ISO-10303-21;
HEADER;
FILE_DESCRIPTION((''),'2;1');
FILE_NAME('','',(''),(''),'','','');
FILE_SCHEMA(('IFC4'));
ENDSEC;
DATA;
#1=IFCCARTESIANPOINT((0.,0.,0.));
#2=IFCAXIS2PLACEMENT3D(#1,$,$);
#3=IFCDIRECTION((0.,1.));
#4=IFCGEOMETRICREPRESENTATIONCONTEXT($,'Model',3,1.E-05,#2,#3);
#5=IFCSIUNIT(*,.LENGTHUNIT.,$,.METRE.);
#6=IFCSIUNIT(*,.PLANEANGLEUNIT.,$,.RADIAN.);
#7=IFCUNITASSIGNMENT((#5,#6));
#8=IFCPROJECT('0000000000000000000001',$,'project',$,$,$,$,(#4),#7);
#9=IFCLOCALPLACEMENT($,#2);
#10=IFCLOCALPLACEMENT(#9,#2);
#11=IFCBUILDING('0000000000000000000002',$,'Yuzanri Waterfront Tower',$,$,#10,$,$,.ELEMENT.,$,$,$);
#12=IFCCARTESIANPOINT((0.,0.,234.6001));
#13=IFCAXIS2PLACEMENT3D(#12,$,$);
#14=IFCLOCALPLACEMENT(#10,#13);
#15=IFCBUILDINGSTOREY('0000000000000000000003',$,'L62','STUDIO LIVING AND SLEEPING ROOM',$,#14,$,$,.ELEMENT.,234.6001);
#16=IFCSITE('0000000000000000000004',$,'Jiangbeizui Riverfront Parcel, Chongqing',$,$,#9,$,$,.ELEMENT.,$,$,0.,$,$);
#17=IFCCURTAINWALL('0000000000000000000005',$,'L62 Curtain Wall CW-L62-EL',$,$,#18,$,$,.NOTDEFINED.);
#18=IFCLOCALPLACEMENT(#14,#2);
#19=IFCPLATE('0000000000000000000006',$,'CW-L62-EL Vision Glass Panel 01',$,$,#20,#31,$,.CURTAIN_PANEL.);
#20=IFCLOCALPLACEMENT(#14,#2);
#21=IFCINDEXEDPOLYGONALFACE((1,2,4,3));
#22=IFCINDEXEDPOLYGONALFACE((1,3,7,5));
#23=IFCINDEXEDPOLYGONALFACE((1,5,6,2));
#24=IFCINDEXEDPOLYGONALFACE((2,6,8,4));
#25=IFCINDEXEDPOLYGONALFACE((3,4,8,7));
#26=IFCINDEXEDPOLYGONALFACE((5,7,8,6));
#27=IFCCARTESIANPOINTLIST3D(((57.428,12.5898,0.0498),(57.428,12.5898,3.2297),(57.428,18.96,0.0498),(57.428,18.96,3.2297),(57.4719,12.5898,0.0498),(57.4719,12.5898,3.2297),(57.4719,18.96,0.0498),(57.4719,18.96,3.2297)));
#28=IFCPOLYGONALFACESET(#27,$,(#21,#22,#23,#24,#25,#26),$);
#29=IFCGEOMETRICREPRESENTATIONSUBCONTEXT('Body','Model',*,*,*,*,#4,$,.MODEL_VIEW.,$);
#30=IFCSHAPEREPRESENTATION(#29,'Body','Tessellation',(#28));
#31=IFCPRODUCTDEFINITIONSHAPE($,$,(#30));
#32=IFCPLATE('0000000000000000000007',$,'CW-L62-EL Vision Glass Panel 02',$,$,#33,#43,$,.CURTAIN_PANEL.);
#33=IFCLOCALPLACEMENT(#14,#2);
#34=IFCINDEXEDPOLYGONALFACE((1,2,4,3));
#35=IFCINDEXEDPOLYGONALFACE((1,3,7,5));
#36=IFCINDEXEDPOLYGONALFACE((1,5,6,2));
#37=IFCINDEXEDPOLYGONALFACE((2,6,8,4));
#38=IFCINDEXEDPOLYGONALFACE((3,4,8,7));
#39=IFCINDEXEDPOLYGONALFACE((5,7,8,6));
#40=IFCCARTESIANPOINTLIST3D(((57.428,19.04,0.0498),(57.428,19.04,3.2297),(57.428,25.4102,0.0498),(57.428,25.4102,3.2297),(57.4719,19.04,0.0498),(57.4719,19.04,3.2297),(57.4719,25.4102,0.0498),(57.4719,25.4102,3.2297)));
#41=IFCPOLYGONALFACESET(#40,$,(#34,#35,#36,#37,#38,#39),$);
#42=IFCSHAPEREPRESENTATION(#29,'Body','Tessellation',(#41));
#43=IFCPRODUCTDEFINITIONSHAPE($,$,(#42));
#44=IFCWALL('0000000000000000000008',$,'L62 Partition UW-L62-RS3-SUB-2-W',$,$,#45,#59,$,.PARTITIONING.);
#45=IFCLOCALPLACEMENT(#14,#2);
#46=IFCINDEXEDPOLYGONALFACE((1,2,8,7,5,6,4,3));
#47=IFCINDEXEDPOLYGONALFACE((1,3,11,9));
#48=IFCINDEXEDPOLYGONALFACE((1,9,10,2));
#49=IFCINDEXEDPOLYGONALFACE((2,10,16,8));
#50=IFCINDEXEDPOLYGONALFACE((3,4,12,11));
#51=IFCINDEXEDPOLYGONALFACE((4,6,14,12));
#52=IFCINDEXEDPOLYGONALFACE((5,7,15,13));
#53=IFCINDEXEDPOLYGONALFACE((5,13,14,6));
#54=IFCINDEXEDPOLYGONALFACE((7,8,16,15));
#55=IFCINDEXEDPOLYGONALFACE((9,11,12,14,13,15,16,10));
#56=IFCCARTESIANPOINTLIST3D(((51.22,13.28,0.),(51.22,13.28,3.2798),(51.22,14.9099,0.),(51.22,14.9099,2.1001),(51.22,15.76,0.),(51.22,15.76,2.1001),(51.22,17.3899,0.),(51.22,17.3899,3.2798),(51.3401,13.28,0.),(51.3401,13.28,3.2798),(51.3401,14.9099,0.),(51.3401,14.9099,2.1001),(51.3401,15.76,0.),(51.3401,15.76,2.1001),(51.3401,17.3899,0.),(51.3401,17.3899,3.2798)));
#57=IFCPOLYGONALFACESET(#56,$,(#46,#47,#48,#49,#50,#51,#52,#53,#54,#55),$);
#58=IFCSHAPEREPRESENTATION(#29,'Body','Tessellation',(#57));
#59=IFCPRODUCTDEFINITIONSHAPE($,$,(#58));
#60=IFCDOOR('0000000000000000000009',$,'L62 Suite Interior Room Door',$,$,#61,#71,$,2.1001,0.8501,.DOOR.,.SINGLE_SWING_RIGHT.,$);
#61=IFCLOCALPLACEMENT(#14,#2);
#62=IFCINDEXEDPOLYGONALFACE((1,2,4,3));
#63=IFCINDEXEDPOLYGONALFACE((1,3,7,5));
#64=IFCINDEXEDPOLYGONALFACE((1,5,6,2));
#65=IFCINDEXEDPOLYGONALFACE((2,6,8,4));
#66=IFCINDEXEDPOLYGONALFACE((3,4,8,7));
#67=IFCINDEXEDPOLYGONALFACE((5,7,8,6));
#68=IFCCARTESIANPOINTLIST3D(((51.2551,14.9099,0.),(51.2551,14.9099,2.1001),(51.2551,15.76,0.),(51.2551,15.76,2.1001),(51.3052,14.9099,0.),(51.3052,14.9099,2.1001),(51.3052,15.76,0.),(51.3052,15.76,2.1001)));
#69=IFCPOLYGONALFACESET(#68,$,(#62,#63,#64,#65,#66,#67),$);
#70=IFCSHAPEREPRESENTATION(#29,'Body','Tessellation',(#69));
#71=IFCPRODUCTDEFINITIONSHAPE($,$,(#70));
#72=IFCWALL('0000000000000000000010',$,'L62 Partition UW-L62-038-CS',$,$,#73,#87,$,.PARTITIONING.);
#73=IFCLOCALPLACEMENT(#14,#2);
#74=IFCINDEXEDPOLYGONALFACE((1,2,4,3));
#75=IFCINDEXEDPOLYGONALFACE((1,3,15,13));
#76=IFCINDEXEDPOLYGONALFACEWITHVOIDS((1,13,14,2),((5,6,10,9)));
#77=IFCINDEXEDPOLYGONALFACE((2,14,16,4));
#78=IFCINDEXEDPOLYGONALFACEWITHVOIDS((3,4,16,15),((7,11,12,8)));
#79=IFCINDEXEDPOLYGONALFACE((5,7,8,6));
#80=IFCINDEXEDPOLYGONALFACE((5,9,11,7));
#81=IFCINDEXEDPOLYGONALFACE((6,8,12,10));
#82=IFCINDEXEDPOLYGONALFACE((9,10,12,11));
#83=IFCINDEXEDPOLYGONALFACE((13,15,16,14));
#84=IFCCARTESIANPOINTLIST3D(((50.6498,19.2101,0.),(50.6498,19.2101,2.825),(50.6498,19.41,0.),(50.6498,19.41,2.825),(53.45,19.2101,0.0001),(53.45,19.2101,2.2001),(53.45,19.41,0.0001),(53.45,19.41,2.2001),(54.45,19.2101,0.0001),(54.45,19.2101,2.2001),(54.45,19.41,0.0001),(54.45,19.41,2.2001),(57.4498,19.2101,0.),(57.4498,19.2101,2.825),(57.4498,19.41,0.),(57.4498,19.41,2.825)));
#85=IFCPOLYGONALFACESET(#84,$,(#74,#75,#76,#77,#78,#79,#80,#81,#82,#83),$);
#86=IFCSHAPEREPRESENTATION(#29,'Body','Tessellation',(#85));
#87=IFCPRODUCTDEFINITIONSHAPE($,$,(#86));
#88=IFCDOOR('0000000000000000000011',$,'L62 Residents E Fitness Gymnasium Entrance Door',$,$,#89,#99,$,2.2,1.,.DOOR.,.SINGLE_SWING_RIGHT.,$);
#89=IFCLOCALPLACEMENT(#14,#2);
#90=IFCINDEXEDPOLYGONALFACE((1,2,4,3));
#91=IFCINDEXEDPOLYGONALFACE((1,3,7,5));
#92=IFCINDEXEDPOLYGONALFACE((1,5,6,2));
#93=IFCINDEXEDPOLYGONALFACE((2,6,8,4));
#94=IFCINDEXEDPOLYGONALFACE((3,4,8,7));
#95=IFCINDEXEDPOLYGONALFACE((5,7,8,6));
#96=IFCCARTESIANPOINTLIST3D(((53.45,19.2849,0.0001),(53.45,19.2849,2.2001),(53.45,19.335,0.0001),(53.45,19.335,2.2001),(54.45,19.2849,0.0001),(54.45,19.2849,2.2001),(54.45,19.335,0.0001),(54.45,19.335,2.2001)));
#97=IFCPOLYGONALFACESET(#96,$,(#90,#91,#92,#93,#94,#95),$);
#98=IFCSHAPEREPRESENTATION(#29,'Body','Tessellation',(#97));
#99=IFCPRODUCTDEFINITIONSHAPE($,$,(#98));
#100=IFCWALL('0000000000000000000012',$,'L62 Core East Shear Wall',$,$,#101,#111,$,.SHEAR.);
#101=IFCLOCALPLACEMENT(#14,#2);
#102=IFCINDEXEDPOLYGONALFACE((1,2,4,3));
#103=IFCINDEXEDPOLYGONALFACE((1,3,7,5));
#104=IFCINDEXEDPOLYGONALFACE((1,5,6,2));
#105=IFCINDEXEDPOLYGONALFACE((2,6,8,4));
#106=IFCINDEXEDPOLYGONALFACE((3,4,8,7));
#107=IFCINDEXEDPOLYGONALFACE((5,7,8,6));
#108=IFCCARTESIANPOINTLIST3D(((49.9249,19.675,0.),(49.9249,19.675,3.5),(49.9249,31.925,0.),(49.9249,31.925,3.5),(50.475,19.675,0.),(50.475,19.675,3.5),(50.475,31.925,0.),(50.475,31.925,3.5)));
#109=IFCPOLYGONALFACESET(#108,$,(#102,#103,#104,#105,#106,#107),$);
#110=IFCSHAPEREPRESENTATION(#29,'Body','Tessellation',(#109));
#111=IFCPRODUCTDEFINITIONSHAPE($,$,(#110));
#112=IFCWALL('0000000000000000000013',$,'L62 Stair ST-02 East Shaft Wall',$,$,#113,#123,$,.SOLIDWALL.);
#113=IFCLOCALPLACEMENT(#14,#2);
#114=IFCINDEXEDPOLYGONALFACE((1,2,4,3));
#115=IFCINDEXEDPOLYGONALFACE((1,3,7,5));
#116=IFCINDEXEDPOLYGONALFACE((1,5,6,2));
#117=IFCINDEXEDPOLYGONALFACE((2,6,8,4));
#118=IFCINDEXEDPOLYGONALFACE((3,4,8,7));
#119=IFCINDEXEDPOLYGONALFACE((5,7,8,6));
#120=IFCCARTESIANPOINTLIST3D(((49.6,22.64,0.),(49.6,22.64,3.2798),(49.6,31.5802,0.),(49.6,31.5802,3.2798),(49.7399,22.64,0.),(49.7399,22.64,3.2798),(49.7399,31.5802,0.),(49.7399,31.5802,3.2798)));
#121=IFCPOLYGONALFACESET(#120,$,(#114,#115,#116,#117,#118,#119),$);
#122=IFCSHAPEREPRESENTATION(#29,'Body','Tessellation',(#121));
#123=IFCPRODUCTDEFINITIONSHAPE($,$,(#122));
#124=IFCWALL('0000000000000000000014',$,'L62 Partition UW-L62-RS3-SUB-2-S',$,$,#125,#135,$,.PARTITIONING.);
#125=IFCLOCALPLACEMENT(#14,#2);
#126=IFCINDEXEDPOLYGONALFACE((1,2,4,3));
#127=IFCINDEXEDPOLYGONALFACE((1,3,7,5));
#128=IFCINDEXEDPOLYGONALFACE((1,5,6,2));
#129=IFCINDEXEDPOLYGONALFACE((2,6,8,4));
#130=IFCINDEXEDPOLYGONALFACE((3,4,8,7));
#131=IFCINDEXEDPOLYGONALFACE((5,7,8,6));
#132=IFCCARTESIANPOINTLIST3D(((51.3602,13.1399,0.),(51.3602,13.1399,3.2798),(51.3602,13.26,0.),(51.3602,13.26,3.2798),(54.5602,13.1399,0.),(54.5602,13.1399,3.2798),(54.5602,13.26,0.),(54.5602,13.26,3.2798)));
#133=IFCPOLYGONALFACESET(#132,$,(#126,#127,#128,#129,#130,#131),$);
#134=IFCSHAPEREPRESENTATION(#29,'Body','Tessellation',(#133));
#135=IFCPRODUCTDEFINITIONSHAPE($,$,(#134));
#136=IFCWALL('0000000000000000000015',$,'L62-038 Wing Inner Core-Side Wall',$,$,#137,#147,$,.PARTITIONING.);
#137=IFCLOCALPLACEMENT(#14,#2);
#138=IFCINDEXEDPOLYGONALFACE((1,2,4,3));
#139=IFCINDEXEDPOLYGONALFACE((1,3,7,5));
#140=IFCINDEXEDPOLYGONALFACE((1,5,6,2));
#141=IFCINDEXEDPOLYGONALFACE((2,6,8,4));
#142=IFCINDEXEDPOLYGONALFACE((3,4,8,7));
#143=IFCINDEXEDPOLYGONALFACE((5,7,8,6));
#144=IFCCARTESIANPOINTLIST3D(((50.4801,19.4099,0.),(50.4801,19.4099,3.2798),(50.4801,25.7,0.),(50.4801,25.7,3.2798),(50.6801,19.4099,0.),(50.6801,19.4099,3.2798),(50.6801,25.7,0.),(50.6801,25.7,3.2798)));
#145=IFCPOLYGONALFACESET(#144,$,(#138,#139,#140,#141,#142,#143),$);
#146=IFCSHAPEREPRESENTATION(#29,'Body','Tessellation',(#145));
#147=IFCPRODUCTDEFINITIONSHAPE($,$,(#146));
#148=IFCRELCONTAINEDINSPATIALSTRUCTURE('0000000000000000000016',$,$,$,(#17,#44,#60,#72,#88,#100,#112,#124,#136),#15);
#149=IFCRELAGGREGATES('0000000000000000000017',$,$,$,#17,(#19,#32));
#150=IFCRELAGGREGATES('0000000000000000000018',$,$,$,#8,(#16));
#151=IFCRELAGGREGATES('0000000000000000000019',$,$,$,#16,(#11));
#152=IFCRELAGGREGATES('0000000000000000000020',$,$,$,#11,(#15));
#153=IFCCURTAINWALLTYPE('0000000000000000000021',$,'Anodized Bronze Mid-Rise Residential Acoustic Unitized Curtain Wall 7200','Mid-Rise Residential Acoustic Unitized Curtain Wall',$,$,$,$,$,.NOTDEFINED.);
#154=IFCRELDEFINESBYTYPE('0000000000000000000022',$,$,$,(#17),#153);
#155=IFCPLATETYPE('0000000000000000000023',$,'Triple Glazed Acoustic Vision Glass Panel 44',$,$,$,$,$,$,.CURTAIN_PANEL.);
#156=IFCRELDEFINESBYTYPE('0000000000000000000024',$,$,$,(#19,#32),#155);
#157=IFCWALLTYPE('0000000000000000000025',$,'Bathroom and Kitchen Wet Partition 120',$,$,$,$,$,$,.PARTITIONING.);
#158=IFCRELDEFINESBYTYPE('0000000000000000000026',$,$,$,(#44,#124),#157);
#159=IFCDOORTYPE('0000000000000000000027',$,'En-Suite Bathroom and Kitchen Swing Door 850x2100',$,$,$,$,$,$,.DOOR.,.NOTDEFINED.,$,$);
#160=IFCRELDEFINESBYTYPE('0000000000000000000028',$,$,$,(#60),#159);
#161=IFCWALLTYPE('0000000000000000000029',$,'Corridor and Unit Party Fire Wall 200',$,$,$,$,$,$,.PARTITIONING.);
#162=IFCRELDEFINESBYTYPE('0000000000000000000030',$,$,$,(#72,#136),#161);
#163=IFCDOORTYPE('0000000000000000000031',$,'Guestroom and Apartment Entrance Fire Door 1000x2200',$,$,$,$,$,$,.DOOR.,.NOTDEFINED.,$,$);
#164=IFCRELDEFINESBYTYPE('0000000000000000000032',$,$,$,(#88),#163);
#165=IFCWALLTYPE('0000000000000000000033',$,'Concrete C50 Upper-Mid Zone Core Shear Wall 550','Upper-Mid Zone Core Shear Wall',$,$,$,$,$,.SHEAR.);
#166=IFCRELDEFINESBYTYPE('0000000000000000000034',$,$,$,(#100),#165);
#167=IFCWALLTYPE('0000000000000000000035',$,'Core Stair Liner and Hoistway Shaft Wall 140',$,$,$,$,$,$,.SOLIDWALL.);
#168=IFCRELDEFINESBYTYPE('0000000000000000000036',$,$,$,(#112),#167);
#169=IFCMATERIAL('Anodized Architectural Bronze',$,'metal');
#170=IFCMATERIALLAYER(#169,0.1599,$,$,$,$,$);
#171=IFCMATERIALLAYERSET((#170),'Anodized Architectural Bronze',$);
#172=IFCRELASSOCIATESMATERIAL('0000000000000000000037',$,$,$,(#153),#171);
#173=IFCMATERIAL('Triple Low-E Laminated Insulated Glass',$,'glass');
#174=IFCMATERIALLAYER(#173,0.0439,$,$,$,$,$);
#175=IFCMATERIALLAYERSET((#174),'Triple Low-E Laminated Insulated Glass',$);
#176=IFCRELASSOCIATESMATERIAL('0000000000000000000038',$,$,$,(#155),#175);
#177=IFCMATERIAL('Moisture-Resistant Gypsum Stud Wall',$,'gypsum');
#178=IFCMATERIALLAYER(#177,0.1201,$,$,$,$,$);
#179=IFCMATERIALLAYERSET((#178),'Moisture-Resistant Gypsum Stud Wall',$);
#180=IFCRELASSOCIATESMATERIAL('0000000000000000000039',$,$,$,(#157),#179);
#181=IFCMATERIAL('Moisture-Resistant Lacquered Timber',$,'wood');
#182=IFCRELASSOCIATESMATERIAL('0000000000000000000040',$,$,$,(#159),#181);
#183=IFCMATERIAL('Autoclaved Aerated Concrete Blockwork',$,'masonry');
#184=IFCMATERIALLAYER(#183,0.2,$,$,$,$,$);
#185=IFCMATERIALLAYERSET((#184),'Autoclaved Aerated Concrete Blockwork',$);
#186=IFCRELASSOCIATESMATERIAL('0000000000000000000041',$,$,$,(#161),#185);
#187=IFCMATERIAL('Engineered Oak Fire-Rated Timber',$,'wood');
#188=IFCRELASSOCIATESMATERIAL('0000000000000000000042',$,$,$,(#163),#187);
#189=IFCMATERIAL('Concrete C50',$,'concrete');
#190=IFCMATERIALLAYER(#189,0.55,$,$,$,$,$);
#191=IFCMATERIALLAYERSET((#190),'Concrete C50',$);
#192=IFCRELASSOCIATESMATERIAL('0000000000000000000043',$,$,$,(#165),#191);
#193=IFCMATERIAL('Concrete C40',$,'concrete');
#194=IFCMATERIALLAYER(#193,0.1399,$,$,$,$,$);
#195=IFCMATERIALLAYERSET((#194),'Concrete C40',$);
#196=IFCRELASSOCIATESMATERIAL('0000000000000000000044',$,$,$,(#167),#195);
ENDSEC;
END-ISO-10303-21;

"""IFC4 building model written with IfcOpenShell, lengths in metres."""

from ifc_helpers import new_model, si_unit, direction, frame, frame_2d, origin, origin_2d, place, context, subcontext, project, spatial, rectangle, extrude, source, transform, mapped, material, layer, layer_set, type_object, element, fill, aggregate, save


model = new_model("IFC4")

# Units and contexts
model_context = context("Model", 3, precision=1e-05, world=origin(), true_north=direction((0.0, 1.0)))
body_context = subcontext(model_context, "Body", "Model", "MODEL_VIEW")
ifc_project = project(units=[si_unit("LENGTHUNIT", "METRE"), si_unit("PLANEANGLEUNIT", "RADIAN")], contexts=[model_context])

# Site, building, storey
site_placement = place(None, origin())
site = spatial("IfcSite", under=ifc_project, at=site_placement, Name="Jiangbeizui Riverfront Parcel, Chongqing", CompositionType="ELEMENT", RefElevation=0.0)
building_placement = place(site_placement, origin())
building = spatial("IfcBuilding", under=site, at=building_placement, Name="Yuzanri Waterfront Tower", CompositionType="ELEMENT")
storey_placement = place(building_placement, frame((0.0, 0.0, 234.6001)))
storey = spatial("IfcBuildingStorey", under=building, at=storey_placement, Name="L62", Description="STUDIO LIVING AND SLEEPING ROOM", CompositionType="ELEMENT", Elevation=234.6001)

# Curtain wall, plates
ifc_material_1 = material(Name="Anodized Architectural Bronze", Category="metal")
ifc_layer_1 = layer(ifc_material_1, 0.1599)
ifc_layer_set_1 = layer_set([ifc_layer_1], Name="Anodized Architectural Bronze")
curtain_wall_type = type_object("IfcCurtainWallType", Name="Anodized Bronze Mid-Rise Residential Acoustic Unitized Curtain Wall 7200", Description="Mid-Rise Residential Acoustic Unitized Curtain Wall", PredefinedType="NOTDEFINED", material=ifc_layer_set_1)
curtain_wall_placement = place(storey_placement, origin())
curtain_wall = element("IfcCurtainWall", 1, at=curtain_wall_placement, inside=storey, type_object=curtain_wall_type, Name="L62 Curtain Wall CW-L62-EL", PredefinedType="NOTDEFINED")
ifc_material_2 = material(Name="Triple Low-E Laminated Insulated Glass", Category="glass")
ifc_layer_2 = layer(ifc_material_2, 0.0439)
ifc_layer_set_2 = layer_set([ifc_layer_2], Name="Triple Low-E Laminated Insulated Glass")
plate_type = type_object("IfcPlateType", Name="Triple Glazed Acoustic Vision Glass Panel 44", PredefinedType="CURTAIN_PANEL", material=ifc_layer_set_2)
shared_shape_1 = source(origin(), body_context, "Body", "SweptSolid", [
    extrude(rectangle(XDim=6.3701, YDim=0.0439, at=origin_2d()), origin(), (0.0, 0.0, 1.0), 3.1799),
])
plate_1_placement = place(storey_placement, frame((57.45, 15.7749, 0.0498), z_axis=(0.0, 0.0, 1.0), x_axis=(0.0, 1.0, 0.0)))
plate_1 = element("IfcPlate", 2, at=plate_1_placement, type_object=plate_type, Name="CW-L62-EL Vision Glass Panel 01", PredefinedType="CURTAIN_PANEL", context=body_context, shape_type="MappedRepresentation", body=[
    mapped(shared_shape_1, transform((0.0, 0.0, 0.0), scale=1.0)),
])
plate_2_placement = place(storey_placement, frame((57.45, 22.2251, 0.0498), z_axis=(0.0, 0.0, 1.0), x_axis=(0.0, 1.0, 0.0)))
plate_2 = element("IfcPlate", 3, at=plate_2_placement, type_object=plate_type, Name="CW-L62-EL Vision Glass Panel 02", PredefinedType="CURTAIN_PANEL", context=body_context, shape_type="MappedRepresentation", body=[
    mapped(shared_shape_1, transform((0.0, 0.0, 0.0), scale=1.0)),
])
aggregate(curtain_wall, [plate_1, plate_2])

# Walls, openings, doors
ifc_material_3 = material(Name="Moisture-Resistant Gypsum Stud Wall", Category="gypsum")
ifc_layer_3 = layer(ifc_material_3, 0.1201)
ifc_layer_set_3 = layer_set([ifc_layer_3], Name="Moisture-Resistant Gypsum Stud Wall")
wall_type_1 = type_object("IfcWallType", Name="Bathroom and Kitchen Wet Partition 120", PredefinedType="PARTITIONING", material=ifc_layer_set_3)
wall_1_placement = place(storey_placement, frame((51.28, 13.28, 0.0), z_axis=(0.0, 0.0, 1.0), x_axis=(0.0, 1.0, 0.0)))
wall_1 = element("IfcWall", 4, at=wall_1_placement, inside=storey, type_object=wall_type_1, Name="L62 Partition UW-L62-RS3-SUB-2-W", PredefinedType="PARTITIONING", context=body_context, shape_type="SweptSolid", body=[
    extrude(rectangle(XDim=4.1099, YDim=0.1201, at=frame_2d((2.0549, 0.0))), origin(), (0.0, 0.0, 1.0), 3.2798),
])
opening_1_placement = place(wall_1_placement, frame((1.6299, 0.0, 0.0)))
opening_1 = element("IfcOpeningElement", 5, at=opening_1_placement, cuts=wall_1, PredefinedType="OPENING", context=body_context, shape_type="SweptSolid", body=[
    extrude(rectangle(XDim=0.8501, YDim=2.1001, at=frame_2d((0.425, 1.05))), frame((0.0, 0.075, 0.0), z_axis=(0.0, -1.0, 0.0), x_axis=(1.0, 0.0, 0.0)), (0.0, 0.0, 1.0), 0.1499),
])
ifc_material_4 = material(Name="Moisture-Resistant Lacquered Timber", Category="wood")
door_type_1 = type_object("IfcDoorType", Name="En-Suite Bathroom and Kitchen Swing Door 850x2100", OperationType="NOTDEFINED", PredefinedType="DOOR", material=ifc_material_4)
shared_shape_2 = source(origin(), body_context, "Body", "SweptSolid", [
    extrude(rectangle(XDim=0.8501, YDim=2.1001, at=frame_2d((0.425, 1.05))), frame((0.0, 0.0249, 0.0), z_axis=(0.0, -1.0, 0.0), x_axis=(1.0, 0.0, 0.0)), (0.0, 0.0, 1.0), 0.05),
])
door_1_placement = place(opening_1_placement, origin())
door_1 = element("IfcDoor", 6, at=door_1_placement, inside=storey, type_object=door_type_1, Name="L62 Suite Interior Room Door", OperationType="SINGLE_SWING_RIGHT", OverallHeight=2.1001, OverallWidth=0.8501, PredefinedType="DOOR", context=body_context, shape_type="MappedRepresentation", body=[
    mapped(shared_shape_2, transform((0.0, 0.0, 0.0), scale=1.0)),
])
fill(opening_1, door_1)
ifc_material_5 = material(Name="Autoclaved Aerated Concrete Blockwork", Category="masonry")
ifc_layer_4 = layer(ifc_material_5, 0.2)
ifc_layer_set_4 = layer_set([ifc_layer_4], Name="Autoclaved Aerated Concrete Blockwork")
wall_type_2 = type_object("IfcWallType", Name="Corridor and Unit Party Fire Wall 200", PredefinedType="PARTITIONING", material=ifc_layer_set_4)
wall_2_placement = place(storey_placement, frame((50.6499, 19.3101, 0.0), z_axis=(0.0, 0.0, 1.0), x_axis=(1.0, 0.0, 0.0)))
wall_2 = element("IfcWall", 7, at=wall_2_placement, inside=storey, type_object=wall_type_2, Name="L62 Partition UW-L62-038-CS", PredefinedType="PARTITIONING", context=body_context, shape_type="SweptSolid", body=[
    extrude(rectangle(XDim=6.8, YDim=0.2, at=frame_2d((3.3999, 0.0))), origin(), (0.0, 0.0, 1.0), 2.825),
])
opening_2_placement = place(wall_2_placement, frame((2.8, 0.0, 0.0)))
opening_2 = element("IfcOpeningElement", 8, at=opening_2_placement, cuts=wall_2, PredefinedType="OPENING", context=body_context, shape_type="SweptSolid", body=[
    extrude(rectangle(XDim=1.0, YDim=2.2, at=frame_2d((0.5, 1.1001))), frame((0.0, 0.1147, 0.0), z_axis=(0.0, -1.0, 0.0), x_axis=(1.0, 0.0, 0.0)), (0.0, 0.0, 1.0), 0.2297),
])
ifc_material_6 = material(Name="Engineered Oak Fire-Rated Timber", Category="wood")
door_type_2 = type_object("IfcDoorType", Name="Guestroom and Apartment Entrance Fire Door 1000x2200", OperationType="NOTDEFINED", PredefinedType="DOOR", material=ifc_material_6)
shared_shape_3 = source(origin(), body_context, "Body", "SweptSolid", [
    extrude(rectangle(XDim=1.0, YDim=2.2, at=frame_2d((0.5, 1.1001))), frame((0.0, 0.0249, 0.0), z_axis=(0.0, -1.0, 0.0), x_axis=(1.0, 0.0, 0.0)), (0.0, 0.0, 1.0), 0.05),
])
door_2_placement = place(opening_2_placement, origin())
door_2 = element("IfcDoor", 9, at=door_2_placement, inside=storey, type_object=door_type_2, Name="L62 Residents E Fitness Gymnasium Entrance Door", OperationType="SINGLE_SWING_RIGHT", OverallHeight=2.2, OverallWidth=1.0, PredefinedType="DOOR", context=body_context, shape_type="MappedRepresentation", body=[
    mapped(shared_shape_3, transform((0.0, 0.0, 0.0), scale=1.0)),
])
fill(opening_2, door_2)

# Walls
ifc_material_7 = material(Name="Concrete C50", Category="concrete")
ifc_layer_5 = layer(ifc_material_7, 0.55)
ifc_layer_set_5 = layer_set([ifc_layer_5], Name="Concrete C50")
wall_type_3 = type_object("IfcWallType", Name="Concrete C50 Upper-Mid Zone Core Shear Wall 550", Description="Upper-Mid Zone Core Shear Wall", PredefinedType="SHEAR", material=ifc_layer_set_5)
shared_shape_4 = source(origin(), body_context, "Body", "SweptSolid", [
    extrude(rectangle(XDim=12.25, YDim=0.55, at=frame_2d((6.125, 0.0))), origin(), (0.0, 0.0, 1.0), 3.5),
])
wall_3_placement = place(storey_placement, frame((50.2, 19.675, 0.0), z_axis=(0.0, 0.0, 1.0), x_axis=(0.0, 1.0, 0.0)))
element("IfcWall", 10, at=wall_3_placement, inside=storey, type_object=wall_type_3, Name="L62 Core East Shear Wall", PredefinedType="SHEAR", context=body_context, shape_type="MappedRepresentation", body=[
    mapped(shared_shape_4, transform((0.0, 0.0, 0.0), scale=1.0)),
])
ifc_material_8 = material(Name="Concrete C40", Category="concrete")
ifc_layer_6 = layer(ifc_material_8, 0.1399)
ifc_layer_set_6 = layer_set([ifc_layer_6], Name="Concrete C40")
wall_type_4 = type_object("IfcWallType", Name="Core Stair Liner and Hoistway Shaft Wall 140", PredefinedType="SOLIDWALL", material=ifc_layer_set_6)
shared_shape_5 = source(origin(), body_context, "Body", "SweptSolid", [
    extrude(rectangle(XDim=8.9402, YDim=0.1399, at=frame_2d((4.4702, 0.0))), origin(), (0.0, 0.0, 1.0), 3.2798),
])
wall_4_placement = place(storey_placement, frame((49.6699, 22.6399, 0.0), z_axis=(0.0, 0.0, 1.0), x_axis=(0.0, 1.0, 0.0)))
element("IfcWall", 11, at=wall_4_placement, inside=storey, type_object=wall_type_4, Name="L62 Stair ST-02 East Shaft Wall", PredefinedType="SOLIDWALL", context=body_context, shape_type="MappedRepresentation", body=[
    mapped(shared_shape_5, transform((0.0, 0.0, 0.0), scale=1.0)),
])
shared_shape_6 = source(origin(), body_context, "Body", "SweptSolid", [
    extrude(rectangle(XDim=3.2, YDim=0.1201, at=frame_2d((1.6001, 0.0))), origin(), (0.0, 0.0, 1.0), 3.2798),
])
wall_5_placement = place(storey_placement, frame((51.3601, 13.2, 0.0), z_axis=(0.0, 0.0, 1.0), x_axis=(1.0, 0.0, 0.0)))
element("IfcWall", 12, at=wall_5_placement, inside=storey, type_object=wall_type_1, Name="L62 Partition UW-L62-RS3-SUB-2-S", PredefinedType="PARTITIONING", context=body_context, shape_type="MappedRepresentation", body=[
    mapped(shared_shape_6, transform((0.0, 0.0, 0.0), scale=1.0)),
])
shared_shape_7 = source(origin(), body_context, "Body", "SweptSolid", [
    extrude(rectangle(XDim=6.29, YDim=0.2, at=frame_2d((3.145, 0.0))), origin(), (0.0, 0.0, 1.0), 3.2798),
])
wall_6_placement = place(storey_placement, frame((50.5801, 19.4099, 0.0), z_axis=(0.0, 0.0, 1.0), x_axis=(0.0, 1.0, 0.0)))
element("IfcWall", 13, at=wall_6_placement, inside=storey, type_object=wall_type_2, Name="L62-038 Wing Inner Core-Side Wall", PredefinedType="PARTITIONING", context=body_context, shape_type="MappedRepresentation", body=[
    mapped(shared_shape_7, transform((0.0, 0.0, 0.0), scale=1.0)),
])

save(model, "model.ifc")
